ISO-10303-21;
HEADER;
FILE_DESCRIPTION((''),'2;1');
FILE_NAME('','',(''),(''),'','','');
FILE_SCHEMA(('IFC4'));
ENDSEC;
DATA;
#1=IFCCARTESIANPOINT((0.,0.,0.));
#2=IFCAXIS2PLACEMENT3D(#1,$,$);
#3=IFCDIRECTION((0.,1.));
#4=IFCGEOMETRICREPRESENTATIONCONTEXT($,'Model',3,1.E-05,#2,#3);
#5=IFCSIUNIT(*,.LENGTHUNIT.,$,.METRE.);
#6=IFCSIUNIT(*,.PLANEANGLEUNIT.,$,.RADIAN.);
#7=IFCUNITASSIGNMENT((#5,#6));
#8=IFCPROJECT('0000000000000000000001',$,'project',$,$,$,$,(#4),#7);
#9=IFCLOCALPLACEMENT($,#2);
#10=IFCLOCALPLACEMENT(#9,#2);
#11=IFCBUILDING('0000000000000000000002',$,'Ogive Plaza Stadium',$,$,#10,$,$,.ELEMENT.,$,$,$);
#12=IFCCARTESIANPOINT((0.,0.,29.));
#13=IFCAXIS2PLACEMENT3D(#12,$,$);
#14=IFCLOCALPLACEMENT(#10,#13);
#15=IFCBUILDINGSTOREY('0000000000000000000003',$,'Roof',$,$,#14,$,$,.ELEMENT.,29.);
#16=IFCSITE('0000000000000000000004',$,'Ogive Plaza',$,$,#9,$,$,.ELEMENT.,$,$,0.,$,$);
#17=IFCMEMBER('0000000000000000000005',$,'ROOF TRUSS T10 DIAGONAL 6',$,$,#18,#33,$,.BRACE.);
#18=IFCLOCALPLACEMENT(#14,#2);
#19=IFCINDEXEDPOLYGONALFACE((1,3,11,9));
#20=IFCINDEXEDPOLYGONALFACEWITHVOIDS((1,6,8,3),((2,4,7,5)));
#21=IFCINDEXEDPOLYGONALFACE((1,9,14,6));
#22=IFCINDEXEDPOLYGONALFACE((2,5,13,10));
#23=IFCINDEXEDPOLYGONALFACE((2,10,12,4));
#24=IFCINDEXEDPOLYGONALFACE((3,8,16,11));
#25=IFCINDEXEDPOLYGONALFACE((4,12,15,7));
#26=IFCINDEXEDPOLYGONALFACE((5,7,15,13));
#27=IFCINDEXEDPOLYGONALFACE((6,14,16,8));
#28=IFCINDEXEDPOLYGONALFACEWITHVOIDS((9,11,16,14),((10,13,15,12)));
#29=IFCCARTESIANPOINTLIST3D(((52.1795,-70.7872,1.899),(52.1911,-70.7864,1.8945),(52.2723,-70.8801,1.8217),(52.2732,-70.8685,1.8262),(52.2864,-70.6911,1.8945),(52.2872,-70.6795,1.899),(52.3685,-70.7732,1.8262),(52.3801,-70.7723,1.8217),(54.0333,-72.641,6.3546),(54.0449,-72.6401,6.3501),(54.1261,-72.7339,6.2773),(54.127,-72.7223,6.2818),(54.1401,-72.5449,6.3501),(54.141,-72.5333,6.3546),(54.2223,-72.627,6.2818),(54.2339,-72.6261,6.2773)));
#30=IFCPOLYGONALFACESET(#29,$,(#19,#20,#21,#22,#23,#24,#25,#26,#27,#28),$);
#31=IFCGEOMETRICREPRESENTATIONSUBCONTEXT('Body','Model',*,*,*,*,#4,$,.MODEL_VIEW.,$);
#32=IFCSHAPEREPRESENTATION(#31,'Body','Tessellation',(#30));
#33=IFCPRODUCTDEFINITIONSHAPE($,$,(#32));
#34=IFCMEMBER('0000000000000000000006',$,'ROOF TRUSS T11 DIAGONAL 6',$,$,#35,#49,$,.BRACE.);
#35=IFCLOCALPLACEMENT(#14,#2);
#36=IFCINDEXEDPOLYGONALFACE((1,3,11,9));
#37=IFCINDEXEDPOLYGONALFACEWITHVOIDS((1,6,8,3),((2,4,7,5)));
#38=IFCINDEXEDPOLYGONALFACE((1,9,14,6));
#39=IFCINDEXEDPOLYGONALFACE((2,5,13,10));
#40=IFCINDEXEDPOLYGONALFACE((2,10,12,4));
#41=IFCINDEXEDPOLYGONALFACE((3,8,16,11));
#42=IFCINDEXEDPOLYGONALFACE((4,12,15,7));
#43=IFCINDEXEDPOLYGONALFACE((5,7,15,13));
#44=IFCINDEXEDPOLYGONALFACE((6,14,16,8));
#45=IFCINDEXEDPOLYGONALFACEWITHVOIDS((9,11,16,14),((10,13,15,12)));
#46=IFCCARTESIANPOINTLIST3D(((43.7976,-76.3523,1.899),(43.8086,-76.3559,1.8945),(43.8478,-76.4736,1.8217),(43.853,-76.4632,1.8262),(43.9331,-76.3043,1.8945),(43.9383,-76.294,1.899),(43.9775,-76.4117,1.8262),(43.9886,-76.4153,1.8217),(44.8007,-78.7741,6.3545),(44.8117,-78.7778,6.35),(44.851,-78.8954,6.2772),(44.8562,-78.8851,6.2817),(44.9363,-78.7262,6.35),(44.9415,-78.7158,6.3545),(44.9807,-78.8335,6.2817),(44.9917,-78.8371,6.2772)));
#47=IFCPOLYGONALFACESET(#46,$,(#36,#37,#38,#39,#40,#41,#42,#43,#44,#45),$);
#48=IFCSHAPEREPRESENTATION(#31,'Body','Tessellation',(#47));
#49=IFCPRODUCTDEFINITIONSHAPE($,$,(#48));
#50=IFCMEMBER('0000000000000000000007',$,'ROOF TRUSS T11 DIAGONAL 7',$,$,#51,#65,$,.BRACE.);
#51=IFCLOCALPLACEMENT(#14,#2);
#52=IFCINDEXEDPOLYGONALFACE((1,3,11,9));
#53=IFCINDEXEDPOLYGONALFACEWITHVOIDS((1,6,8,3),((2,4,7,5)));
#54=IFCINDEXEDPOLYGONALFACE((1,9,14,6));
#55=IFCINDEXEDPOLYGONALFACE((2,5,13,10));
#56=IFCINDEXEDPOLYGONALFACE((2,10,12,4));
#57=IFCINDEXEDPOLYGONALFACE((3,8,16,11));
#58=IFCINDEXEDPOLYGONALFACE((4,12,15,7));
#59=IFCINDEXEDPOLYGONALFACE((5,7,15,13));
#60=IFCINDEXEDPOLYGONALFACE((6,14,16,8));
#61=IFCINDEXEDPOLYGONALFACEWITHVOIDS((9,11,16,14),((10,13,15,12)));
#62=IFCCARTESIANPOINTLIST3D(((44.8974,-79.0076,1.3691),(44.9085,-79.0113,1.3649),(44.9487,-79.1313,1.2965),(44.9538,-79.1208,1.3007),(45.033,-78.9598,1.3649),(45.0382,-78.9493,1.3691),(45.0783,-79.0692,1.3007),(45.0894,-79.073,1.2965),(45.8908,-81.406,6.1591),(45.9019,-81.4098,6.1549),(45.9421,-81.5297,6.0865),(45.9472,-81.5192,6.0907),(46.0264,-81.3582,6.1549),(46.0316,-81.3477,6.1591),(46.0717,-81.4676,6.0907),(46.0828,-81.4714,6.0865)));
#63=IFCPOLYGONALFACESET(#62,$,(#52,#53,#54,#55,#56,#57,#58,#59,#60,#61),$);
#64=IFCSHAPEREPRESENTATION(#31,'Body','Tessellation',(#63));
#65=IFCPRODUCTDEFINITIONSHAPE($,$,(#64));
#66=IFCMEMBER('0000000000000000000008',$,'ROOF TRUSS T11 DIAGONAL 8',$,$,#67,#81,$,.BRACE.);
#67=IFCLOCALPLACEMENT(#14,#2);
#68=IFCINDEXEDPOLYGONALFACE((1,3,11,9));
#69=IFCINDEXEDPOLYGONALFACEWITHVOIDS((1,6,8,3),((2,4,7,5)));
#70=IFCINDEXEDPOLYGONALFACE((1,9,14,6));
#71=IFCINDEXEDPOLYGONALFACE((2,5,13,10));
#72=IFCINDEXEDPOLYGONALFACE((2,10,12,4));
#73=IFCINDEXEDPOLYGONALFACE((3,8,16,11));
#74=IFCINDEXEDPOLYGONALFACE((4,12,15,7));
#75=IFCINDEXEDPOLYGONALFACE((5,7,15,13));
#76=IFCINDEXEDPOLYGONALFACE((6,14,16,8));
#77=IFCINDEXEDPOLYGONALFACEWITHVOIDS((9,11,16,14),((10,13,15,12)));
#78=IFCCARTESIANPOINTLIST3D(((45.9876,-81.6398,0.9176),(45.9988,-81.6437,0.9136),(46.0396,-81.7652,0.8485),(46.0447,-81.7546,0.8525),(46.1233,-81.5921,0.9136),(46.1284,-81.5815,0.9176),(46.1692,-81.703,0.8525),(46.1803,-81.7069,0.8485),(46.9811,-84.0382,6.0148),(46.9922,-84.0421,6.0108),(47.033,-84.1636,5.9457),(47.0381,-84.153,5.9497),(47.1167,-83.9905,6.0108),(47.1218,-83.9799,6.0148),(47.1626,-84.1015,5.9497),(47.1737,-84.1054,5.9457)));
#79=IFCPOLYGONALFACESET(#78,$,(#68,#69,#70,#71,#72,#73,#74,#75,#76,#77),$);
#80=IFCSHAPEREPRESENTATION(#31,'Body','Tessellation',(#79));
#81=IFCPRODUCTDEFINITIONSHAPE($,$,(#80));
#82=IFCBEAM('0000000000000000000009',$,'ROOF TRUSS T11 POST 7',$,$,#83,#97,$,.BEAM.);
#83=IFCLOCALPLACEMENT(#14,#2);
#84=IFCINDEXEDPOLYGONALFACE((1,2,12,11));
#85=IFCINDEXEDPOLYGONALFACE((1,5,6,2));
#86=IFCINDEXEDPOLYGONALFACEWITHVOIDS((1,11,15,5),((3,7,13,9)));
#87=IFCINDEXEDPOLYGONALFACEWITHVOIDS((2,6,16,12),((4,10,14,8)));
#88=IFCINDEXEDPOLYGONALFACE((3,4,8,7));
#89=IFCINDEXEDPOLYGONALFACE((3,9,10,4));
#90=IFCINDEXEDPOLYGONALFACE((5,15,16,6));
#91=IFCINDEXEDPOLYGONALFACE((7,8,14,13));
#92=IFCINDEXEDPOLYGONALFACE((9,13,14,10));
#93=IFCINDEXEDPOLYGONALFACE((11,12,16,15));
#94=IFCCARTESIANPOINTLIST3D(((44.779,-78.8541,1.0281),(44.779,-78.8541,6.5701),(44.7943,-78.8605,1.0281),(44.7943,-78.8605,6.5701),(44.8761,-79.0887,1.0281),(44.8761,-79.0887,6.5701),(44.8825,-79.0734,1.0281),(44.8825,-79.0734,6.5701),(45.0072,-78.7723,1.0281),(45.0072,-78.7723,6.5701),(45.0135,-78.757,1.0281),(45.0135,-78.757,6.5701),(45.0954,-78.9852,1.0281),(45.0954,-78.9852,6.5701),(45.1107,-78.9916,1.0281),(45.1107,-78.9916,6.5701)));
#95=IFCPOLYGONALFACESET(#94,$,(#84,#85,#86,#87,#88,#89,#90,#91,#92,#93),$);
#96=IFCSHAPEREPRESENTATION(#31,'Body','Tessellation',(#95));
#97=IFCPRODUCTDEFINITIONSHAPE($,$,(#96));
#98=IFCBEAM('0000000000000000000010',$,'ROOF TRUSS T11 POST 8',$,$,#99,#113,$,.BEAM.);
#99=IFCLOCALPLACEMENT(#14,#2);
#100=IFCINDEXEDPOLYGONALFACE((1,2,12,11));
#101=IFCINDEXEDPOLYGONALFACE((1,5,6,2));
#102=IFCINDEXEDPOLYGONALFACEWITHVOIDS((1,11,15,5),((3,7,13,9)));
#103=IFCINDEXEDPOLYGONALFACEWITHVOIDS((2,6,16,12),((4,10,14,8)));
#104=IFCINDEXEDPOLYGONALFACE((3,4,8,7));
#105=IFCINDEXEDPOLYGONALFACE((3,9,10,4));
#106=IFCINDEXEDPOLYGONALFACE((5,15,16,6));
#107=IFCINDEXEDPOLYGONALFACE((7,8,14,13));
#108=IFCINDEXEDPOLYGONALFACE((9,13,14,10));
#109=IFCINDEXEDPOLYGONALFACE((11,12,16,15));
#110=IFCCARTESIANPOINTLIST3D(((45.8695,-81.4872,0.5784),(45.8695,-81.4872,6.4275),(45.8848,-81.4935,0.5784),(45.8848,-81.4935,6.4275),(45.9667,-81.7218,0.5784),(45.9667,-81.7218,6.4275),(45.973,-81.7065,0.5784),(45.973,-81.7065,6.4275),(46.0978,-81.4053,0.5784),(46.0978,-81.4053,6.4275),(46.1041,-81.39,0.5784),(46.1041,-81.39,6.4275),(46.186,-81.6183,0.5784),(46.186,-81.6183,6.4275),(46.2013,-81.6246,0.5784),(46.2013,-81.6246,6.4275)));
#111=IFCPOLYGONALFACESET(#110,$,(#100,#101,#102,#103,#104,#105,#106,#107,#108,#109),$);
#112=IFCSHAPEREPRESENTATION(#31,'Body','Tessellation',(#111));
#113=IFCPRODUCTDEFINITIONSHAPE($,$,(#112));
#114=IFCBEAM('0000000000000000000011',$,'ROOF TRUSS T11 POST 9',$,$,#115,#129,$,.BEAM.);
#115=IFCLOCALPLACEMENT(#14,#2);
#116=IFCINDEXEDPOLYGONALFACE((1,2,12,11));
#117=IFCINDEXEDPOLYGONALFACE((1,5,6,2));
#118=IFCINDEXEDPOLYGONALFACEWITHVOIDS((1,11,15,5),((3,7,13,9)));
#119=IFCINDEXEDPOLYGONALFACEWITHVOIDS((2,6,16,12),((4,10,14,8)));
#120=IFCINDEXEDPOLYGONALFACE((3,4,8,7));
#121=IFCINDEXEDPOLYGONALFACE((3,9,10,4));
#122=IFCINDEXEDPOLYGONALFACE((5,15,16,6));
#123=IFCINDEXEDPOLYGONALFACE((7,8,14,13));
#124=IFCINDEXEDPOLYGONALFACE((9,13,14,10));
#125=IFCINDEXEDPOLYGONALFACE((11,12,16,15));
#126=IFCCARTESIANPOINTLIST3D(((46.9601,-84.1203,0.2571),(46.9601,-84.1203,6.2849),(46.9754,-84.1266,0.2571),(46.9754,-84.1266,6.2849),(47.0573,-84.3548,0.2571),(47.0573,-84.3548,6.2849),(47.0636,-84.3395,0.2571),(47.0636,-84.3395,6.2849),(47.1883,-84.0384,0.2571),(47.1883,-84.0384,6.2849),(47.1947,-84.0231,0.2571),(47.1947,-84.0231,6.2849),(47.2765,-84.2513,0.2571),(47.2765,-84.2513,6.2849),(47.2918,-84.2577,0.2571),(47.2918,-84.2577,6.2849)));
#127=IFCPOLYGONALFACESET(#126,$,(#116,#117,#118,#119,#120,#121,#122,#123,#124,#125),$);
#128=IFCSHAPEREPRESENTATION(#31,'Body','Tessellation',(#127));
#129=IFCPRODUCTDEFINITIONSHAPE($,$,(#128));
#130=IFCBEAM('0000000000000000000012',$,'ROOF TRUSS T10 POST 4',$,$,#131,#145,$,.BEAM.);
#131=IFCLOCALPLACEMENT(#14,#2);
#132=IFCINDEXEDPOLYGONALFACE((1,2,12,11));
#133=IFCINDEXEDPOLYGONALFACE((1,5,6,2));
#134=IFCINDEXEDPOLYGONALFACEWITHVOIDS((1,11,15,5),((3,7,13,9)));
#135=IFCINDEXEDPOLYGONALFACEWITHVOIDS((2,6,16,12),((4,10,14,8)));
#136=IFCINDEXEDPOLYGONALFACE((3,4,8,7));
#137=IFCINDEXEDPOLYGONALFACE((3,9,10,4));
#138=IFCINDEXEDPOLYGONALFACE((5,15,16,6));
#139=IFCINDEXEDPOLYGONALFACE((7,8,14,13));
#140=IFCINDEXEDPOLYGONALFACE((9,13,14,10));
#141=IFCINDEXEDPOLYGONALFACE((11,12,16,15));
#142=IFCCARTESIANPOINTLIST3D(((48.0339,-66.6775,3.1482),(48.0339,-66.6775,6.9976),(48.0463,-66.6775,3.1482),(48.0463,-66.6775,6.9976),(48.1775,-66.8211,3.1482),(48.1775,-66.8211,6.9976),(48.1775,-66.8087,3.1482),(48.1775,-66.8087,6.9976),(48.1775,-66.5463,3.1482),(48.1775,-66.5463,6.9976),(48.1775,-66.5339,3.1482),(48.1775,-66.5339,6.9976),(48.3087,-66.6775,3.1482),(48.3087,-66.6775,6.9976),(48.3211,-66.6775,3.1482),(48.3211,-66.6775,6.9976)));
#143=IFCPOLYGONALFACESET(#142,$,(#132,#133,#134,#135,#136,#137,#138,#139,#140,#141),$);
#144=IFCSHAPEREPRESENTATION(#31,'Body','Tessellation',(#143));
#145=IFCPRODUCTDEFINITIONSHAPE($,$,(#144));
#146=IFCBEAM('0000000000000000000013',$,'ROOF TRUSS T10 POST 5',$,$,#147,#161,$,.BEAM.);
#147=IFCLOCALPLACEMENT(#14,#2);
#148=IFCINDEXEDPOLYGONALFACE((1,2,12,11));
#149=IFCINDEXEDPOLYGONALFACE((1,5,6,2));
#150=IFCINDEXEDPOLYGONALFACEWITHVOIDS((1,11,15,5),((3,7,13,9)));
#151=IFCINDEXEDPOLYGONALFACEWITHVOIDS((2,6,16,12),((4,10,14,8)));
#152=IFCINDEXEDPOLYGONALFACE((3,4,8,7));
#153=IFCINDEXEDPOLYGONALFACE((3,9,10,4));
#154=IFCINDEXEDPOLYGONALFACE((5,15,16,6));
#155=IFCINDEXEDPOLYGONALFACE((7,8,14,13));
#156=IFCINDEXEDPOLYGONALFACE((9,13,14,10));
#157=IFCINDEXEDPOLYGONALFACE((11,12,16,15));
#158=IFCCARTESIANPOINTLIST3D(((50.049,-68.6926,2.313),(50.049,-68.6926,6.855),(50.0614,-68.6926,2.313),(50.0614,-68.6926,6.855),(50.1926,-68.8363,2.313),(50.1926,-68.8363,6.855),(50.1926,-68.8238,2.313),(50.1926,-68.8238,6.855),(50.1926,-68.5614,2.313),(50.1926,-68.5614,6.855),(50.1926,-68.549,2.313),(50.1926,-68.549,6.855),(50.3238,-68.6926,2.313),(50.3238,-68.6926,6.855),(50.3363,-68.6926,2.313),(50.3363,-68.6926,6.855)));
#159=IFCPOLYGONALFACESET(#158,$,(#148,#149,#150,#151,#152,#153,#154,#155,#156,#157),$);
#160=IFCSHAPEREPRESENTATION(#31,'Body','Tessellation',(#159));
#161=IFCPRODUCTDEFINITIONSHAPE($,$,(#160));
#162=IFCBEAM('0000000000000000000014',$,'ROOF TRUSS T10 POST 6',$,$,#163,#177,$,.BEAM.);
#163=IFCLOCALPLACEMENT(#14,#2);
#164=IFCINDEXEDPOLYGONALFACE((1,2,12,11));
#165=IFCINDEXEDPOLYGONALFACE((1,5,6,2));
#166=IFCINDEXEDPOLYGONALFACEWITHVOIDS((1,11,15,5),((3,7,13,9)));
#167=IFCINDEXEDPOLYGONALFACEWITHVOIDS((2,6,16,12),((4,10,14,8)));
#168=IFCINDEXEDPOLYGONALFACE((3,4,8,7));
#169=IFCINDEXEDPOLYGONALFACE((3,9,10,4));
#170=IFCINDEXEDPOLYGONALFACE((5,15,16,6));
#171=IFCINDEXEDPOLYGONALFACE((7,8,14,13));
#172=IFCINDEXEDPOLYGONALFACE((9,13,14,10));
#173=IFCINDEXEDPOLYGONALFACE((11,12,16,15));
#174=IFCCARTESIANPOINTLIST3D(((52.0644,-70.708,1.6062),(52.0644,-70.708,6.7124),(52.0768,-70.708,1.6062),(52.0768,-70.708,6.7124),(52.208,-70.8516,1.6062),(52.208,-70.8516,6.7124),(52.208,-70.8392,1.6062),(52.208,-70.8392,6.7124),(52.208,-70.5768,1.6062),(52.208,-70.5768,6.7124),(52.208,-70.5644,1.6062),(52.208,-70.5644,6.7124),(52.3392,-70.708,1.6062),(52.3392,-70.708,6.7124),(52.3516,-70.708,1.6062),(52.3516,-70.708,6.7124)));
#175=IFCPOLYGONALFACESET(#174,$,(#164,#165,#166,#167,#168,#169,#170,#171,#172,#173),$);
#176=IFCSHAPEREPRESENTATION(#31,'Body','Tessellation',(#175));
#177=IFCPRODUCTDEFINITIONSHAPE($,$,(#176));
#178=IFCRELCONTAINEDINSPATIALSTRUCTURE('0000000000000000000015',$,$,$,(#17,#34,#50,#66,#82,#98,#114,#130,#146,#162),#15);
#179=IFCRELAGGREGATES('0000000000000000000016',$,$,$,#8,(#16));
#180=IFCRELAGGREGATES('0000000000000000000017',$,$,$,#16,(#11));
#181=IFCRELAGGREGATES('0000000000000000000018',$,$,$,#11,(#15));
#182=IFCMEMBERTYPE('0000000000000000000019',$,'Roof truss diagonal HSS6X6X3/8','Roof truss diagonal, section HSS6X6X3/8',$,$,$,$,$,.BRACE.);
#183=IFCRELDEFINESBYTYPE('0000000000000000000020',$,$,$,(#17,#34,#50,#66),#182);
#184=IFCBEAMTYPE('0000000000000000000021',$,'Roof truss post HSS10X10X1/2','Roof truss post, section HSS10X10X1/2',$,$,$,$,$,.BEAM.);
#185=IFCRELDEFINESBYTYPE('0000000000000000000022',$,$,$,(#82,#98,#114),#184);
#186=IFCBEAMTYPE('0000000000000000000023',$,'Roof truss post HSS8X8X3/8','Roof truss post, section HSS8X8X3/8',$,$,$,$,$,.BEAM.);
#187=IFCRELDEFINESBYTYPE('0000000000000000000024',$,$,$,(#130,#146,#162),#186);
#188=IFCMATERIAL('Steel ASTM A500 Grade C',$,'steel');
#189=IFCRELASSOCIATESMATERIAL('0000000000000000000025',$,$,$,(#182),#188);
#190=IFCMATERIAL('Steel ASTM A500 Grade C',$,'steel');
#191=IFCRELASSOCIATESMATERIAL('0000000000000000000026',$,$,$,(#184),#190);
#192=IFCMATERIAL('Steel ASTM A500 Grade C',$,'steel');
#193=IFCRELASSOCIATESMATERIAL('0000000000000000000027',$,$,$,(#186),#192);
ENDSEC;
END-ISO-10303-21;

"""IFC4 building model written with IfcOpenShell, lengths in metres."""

from ifc_helpers import new_model, si_unit, direction, frame, origin, origin_2d, place, context, subcontext, project, spatial, hollow_rectangle, extrude, material, material_profile, profile_set, type_object, element, save


model = new_model("IFC4")

# Units and contexts
model_context = context("Model", 3, precision=1e-05, world=origin(), true_north=direction((0.0, 1.0)))
body_context = subcontext(model_context, "Body", "Model", "MODEL_VIEW")
ifc_project = project(units=[si_unit("LENGTHUNIT", "METRE"), si_unit("PLANEANGLEUNIT", "RADIAN")], contexts=[model_context])

# Site, building, storey
site_placement = place(None, origin())
site = spatial("IfcSite", under=ifc_project, at=site_placement, Name="Ogive Plaza", CompositionType="ELEMENT", RefElevation=0.0)
building_placement = place(site_placement, origin())
building = spatial("IfcBuilding", under=site, at=building_placement, Name="Ogive Plaza Stadium", CompositionType="ELEMENT")
storey_placement = place(building_placement, frame((0.0, 0.0, 29.0)))
storey = spatial("IfcBuildingStorey", under=building, at=storey_placement, Name="Roof", CompositionType="ELEMENT", Elevation=29.0)

# Members
ifc_material_1 = material(Name="Steel ASTM A500 Grade C", Category="steel")
ifc_material_profile_1 = material_profile(ifc_material_1, hollow_rectangle(XDim=0.1523, YDim=0.1523, WallThickness=0.0088, at=origin_2d()), Name="HSS6X6X3/8")
ifc_profile_set_1 = profile_set([ifc_material_profile_1], Name="Steel ASTM A500 Grade C")
member_type_1 = type_object("IfcMemberType", Name="Roof truss diagonal HSS6X6X3/8", Description="Roof truss diagonal, section HSS6X6X3/8", PredefinedType="BRACE", material=ifc_profile_set_1)
member_1_placement = place(storey_placement, frame((52.2798, -70.7798, 1.8604), z_axis=(0.358588, -0.358588, 0.861876), x_axis=(0.707107, 0.707107, 0.0)))
element("IfcMember", 1, at=member_1_placement, inside=storey, type_object=member_type_1, Name="ROOF TRUSS T10 DIAGONAL 6", PredefinedType="BRACE", context=body_context, shape_type="SweptSolid", body=[
    extrude(hollow_rectangle(XDim=0.1523, YDim=0.1523, WallThickness=0.0088, at=origin_2d()), origin(), (0.0, 0.0, 1.0), 5.1697),
])
member_2_placement = place(storey_placement, frame((43.8931, -76.3838, 1.8604), z_axis=(0.194056, -0.468492, 0.861892), x_axis=(0.923879, 0.382684, 0.0)))
element("IfcMember", 2, at=member_2_placement, inside=storey, type_object=member_type_1, Name="ROOF TRUSS T11 DIAGONAL 6", PredefinedType="BRACE", context=body_context, shape_type="SweptSolid", body=[
    extrude(hollow_rectangle(XDim=0.1523, YDim=0.1523, WallThickness=0.0088, at=origin_2d()), origin(), (0.0, 0.0, 1.0), 5.1694),
])
member_3_placement = place(storey_placement, frame((44.9934, -79.0403, 1.3328), z_axis=(0.182334, -0.440219, 0.879183), x_axis=(0.923887, 0.382665, 0.0)))
element("IfcMember", 3, at=member_3_placement, inside=storey, type_object=member_type_1, Name="ROOF TRUSS T11 DIAGONAL 7", PredefinedType="BRACE", context=body_context, shape_type="SweptSolid", body=[
    extrude(hollow_rectangle(XDim=0.1523, YDim=0.1523, WallThickness=0.0088, at=origin_2d()), origin(), (0.0, 0.0, 1.0), 5.4482),
])
member_4_placement = place(storey_placement, frame((46.084, -81.6733, 0.8831), z_axis=(0.173667, -0.419294, 0.891085), x_axis=(0.923887, 0.382665, 0.0)))
element("IfcMember", 4, at=member_4_placement, inside=storey, type_object=member_type_1, Name="ROOF TRUSS T11 DIAGONAL 8", PredefinedType="BRACE", context=body_context, shape_type="SweptSolid", body=[
    extrude(hollow_rectangle(XDim=0.1523, YDim=0.1523, WallThickness=0.0088, at=origin_2d()), origin(), (0.0, 0.0, 1.0), 5.7202),
])

# Beams
ifc_material_2 = material(Name="Steel ASTM A500 Grade C", Category="steel")
ifc_material_profile_2 = material_profile(ifc_material_2, hollow_rectangle(XDim=0.2539, YDim=0.2539, WallThickness=0.0117, at=origin_2d()), Name="HSS10X10X1/2")
ifc_profile_set_2 = profile_set([ifc_material_profile_2], Name="Steel ASTM A500 Grade C")
beam_type_1 = type_object("IfcBeamType", Name="Roof truss post HSS10X10X1/2", Description="Roof truss post, section HSS10X10X1/2", PredefinedType="BEAM", material=ifc_profile_set_2)
beam_1_placement = place(storey_placement, frame((44.9448, -78.9229, 1.0281), z_axis=(0.0, 0.0, 1.0), x_axis=(0.92388, 0.382683, 0.0)))
element("IfcBeam", 5, at=beam_1_placement, inside=storey, type_object=beam_type_1, Name="ROOF TRUSS T11 POST 7", PredefinedType="BEAM", context=body_context, shape_type="SweptSolid", body=[
    extrude(hollow_rectangle(XDim=0.2539, YDim=0.2539, WallThickness=0.0117, at=origin_2d()), origin(), (0.0, 0.0, 1.0), 5.542),
])
beam_2_placement = place(storey_placement, frame((46.0354, -81.5559, 0.5784), z_axis=(0.0, 0.0, 1.0), x_axis=(0.92388, 0.382683, 0.0)))
element("IfcBeam", 6, at=beam_2_placement, inside=storey, type_object=beam_type_1, Name="ROOF TRUSS T11 POST 8", PredefinedType="BEAM", context=body_context, shape_type="SweptSolid", body=[
    extrude(hollow_rectangle(XDim=0.2539, YDim=0.2539, WallThickness=0.0117, at=origin_2d()), origin(), (0.0, 0.0, 1.0), 5.8491),
])
beam_3_placement = place(storey_placement, frame((47.126, -84.189, 0.2571), z_axis=(0.0, 0.0, 1.0), x_axis=(0.92388, 0.382683, 0.0)))
element("IfcBeam", 7, at=beam_3_placement, inside=storey, type_object=beam_type_1, Name="ROOF TRUSS T11 POST 9", PredefinedType="BEAM", context=body_context, shape_type="SweptSolid", body=[
    extrude(hollow_rectangle(XDim=0.2539, YDim=0.2539, WallThickness=0.0117, at=origin_2d()), origin(), (0.0, 0.0, 1.0), 6.0278),
])
ifc_material_3 = material(Name="Steel ASTM A500 Grade C", Category="steel")
ifc_material_profile_3 = material_profile(ifc_material_3, hollow_rectangle(XDim=0.2031, YDim=0.2031, WallThickness=0.0088, at=origin_2d()), Name="HSS8X8X3/8")
ifc_profile_set_3 = profile_set([ifc_material_profile_3], Name="Steel ASTM A500 Grade C")
beam_type_2 = type_object("IfcBeamType", Name="Roof truss post HSS8X8X3/8", Description="Roof truss post, section HSS8X8X3/8", PredefinedType="BEAM", material=ifc_profile_set_3)
beam_4_placement = place(storey_placement, frame((48.1775, -66.6775, 3.1482), z_axis=(0.0, 0.0, 1.0), x_axis=(0.707107, 0.707107, 0.0)))
element("IfcBeam", 8, at=beam_4_placement, inside=storey, type_object=beam_type_2, Name="ROOF TRUSS T10 POST 4", PredefinedType="BEAM", context=body_context, shape_type="SweptSolid", body=[
    extrude(hollow_rectangle(XDim=0.2031, YDim=0.2031, WallThickness=0.0088, at=origin_2d()), origin(), (0.0, 0.0, 1.0), 3.8494),
])
beam_5_placement = place(storey_placement, frame((50.1926, -68.6926, 2.313), z_axis=(0.0, 0.0, 1.0), x_axis=(0.707107, 0.707107, 0.0)))
element("IfcBeam", 9, at=beam_5_placement, inside=storey, type_object=beam_type_2, Name="ROOF TRUSS T10 POST 5", PredefinedType="BEAM", context=body_context, shape_type="SweptSolid", body=[
    extrude(hollow_rectangle(XDim=0.2031, YDim=0.2031, WallThickness=0.0088, at=origin_2d()), origin(), (0.0, 0.0, 1.0), 4.542),
])
beam_6_placement = place(storey_placement, frame((52.208, -70.708, 1.6062), z_axis=(0.0, 0.0, 1.0), x_axis=(0.707107, 0.707107, 0.0)))
element("IfcBeam", 10, at=beam_6_placement, inside=storey, type_object=beam_type_2, Name="ROOF TRUSS T10 POST 6", PredefinedType="BEAM", context=body_context, shape_type="SweptSolid", body=[
    extrude(hollow_rectangle(XDim=0.2031, YDim=0.2031, WallThickness=0.0088, at=origin_2d()), origin(), (0.0, 0.0, 1.0), 5.1062),
])

save(model, "model.ifc")
